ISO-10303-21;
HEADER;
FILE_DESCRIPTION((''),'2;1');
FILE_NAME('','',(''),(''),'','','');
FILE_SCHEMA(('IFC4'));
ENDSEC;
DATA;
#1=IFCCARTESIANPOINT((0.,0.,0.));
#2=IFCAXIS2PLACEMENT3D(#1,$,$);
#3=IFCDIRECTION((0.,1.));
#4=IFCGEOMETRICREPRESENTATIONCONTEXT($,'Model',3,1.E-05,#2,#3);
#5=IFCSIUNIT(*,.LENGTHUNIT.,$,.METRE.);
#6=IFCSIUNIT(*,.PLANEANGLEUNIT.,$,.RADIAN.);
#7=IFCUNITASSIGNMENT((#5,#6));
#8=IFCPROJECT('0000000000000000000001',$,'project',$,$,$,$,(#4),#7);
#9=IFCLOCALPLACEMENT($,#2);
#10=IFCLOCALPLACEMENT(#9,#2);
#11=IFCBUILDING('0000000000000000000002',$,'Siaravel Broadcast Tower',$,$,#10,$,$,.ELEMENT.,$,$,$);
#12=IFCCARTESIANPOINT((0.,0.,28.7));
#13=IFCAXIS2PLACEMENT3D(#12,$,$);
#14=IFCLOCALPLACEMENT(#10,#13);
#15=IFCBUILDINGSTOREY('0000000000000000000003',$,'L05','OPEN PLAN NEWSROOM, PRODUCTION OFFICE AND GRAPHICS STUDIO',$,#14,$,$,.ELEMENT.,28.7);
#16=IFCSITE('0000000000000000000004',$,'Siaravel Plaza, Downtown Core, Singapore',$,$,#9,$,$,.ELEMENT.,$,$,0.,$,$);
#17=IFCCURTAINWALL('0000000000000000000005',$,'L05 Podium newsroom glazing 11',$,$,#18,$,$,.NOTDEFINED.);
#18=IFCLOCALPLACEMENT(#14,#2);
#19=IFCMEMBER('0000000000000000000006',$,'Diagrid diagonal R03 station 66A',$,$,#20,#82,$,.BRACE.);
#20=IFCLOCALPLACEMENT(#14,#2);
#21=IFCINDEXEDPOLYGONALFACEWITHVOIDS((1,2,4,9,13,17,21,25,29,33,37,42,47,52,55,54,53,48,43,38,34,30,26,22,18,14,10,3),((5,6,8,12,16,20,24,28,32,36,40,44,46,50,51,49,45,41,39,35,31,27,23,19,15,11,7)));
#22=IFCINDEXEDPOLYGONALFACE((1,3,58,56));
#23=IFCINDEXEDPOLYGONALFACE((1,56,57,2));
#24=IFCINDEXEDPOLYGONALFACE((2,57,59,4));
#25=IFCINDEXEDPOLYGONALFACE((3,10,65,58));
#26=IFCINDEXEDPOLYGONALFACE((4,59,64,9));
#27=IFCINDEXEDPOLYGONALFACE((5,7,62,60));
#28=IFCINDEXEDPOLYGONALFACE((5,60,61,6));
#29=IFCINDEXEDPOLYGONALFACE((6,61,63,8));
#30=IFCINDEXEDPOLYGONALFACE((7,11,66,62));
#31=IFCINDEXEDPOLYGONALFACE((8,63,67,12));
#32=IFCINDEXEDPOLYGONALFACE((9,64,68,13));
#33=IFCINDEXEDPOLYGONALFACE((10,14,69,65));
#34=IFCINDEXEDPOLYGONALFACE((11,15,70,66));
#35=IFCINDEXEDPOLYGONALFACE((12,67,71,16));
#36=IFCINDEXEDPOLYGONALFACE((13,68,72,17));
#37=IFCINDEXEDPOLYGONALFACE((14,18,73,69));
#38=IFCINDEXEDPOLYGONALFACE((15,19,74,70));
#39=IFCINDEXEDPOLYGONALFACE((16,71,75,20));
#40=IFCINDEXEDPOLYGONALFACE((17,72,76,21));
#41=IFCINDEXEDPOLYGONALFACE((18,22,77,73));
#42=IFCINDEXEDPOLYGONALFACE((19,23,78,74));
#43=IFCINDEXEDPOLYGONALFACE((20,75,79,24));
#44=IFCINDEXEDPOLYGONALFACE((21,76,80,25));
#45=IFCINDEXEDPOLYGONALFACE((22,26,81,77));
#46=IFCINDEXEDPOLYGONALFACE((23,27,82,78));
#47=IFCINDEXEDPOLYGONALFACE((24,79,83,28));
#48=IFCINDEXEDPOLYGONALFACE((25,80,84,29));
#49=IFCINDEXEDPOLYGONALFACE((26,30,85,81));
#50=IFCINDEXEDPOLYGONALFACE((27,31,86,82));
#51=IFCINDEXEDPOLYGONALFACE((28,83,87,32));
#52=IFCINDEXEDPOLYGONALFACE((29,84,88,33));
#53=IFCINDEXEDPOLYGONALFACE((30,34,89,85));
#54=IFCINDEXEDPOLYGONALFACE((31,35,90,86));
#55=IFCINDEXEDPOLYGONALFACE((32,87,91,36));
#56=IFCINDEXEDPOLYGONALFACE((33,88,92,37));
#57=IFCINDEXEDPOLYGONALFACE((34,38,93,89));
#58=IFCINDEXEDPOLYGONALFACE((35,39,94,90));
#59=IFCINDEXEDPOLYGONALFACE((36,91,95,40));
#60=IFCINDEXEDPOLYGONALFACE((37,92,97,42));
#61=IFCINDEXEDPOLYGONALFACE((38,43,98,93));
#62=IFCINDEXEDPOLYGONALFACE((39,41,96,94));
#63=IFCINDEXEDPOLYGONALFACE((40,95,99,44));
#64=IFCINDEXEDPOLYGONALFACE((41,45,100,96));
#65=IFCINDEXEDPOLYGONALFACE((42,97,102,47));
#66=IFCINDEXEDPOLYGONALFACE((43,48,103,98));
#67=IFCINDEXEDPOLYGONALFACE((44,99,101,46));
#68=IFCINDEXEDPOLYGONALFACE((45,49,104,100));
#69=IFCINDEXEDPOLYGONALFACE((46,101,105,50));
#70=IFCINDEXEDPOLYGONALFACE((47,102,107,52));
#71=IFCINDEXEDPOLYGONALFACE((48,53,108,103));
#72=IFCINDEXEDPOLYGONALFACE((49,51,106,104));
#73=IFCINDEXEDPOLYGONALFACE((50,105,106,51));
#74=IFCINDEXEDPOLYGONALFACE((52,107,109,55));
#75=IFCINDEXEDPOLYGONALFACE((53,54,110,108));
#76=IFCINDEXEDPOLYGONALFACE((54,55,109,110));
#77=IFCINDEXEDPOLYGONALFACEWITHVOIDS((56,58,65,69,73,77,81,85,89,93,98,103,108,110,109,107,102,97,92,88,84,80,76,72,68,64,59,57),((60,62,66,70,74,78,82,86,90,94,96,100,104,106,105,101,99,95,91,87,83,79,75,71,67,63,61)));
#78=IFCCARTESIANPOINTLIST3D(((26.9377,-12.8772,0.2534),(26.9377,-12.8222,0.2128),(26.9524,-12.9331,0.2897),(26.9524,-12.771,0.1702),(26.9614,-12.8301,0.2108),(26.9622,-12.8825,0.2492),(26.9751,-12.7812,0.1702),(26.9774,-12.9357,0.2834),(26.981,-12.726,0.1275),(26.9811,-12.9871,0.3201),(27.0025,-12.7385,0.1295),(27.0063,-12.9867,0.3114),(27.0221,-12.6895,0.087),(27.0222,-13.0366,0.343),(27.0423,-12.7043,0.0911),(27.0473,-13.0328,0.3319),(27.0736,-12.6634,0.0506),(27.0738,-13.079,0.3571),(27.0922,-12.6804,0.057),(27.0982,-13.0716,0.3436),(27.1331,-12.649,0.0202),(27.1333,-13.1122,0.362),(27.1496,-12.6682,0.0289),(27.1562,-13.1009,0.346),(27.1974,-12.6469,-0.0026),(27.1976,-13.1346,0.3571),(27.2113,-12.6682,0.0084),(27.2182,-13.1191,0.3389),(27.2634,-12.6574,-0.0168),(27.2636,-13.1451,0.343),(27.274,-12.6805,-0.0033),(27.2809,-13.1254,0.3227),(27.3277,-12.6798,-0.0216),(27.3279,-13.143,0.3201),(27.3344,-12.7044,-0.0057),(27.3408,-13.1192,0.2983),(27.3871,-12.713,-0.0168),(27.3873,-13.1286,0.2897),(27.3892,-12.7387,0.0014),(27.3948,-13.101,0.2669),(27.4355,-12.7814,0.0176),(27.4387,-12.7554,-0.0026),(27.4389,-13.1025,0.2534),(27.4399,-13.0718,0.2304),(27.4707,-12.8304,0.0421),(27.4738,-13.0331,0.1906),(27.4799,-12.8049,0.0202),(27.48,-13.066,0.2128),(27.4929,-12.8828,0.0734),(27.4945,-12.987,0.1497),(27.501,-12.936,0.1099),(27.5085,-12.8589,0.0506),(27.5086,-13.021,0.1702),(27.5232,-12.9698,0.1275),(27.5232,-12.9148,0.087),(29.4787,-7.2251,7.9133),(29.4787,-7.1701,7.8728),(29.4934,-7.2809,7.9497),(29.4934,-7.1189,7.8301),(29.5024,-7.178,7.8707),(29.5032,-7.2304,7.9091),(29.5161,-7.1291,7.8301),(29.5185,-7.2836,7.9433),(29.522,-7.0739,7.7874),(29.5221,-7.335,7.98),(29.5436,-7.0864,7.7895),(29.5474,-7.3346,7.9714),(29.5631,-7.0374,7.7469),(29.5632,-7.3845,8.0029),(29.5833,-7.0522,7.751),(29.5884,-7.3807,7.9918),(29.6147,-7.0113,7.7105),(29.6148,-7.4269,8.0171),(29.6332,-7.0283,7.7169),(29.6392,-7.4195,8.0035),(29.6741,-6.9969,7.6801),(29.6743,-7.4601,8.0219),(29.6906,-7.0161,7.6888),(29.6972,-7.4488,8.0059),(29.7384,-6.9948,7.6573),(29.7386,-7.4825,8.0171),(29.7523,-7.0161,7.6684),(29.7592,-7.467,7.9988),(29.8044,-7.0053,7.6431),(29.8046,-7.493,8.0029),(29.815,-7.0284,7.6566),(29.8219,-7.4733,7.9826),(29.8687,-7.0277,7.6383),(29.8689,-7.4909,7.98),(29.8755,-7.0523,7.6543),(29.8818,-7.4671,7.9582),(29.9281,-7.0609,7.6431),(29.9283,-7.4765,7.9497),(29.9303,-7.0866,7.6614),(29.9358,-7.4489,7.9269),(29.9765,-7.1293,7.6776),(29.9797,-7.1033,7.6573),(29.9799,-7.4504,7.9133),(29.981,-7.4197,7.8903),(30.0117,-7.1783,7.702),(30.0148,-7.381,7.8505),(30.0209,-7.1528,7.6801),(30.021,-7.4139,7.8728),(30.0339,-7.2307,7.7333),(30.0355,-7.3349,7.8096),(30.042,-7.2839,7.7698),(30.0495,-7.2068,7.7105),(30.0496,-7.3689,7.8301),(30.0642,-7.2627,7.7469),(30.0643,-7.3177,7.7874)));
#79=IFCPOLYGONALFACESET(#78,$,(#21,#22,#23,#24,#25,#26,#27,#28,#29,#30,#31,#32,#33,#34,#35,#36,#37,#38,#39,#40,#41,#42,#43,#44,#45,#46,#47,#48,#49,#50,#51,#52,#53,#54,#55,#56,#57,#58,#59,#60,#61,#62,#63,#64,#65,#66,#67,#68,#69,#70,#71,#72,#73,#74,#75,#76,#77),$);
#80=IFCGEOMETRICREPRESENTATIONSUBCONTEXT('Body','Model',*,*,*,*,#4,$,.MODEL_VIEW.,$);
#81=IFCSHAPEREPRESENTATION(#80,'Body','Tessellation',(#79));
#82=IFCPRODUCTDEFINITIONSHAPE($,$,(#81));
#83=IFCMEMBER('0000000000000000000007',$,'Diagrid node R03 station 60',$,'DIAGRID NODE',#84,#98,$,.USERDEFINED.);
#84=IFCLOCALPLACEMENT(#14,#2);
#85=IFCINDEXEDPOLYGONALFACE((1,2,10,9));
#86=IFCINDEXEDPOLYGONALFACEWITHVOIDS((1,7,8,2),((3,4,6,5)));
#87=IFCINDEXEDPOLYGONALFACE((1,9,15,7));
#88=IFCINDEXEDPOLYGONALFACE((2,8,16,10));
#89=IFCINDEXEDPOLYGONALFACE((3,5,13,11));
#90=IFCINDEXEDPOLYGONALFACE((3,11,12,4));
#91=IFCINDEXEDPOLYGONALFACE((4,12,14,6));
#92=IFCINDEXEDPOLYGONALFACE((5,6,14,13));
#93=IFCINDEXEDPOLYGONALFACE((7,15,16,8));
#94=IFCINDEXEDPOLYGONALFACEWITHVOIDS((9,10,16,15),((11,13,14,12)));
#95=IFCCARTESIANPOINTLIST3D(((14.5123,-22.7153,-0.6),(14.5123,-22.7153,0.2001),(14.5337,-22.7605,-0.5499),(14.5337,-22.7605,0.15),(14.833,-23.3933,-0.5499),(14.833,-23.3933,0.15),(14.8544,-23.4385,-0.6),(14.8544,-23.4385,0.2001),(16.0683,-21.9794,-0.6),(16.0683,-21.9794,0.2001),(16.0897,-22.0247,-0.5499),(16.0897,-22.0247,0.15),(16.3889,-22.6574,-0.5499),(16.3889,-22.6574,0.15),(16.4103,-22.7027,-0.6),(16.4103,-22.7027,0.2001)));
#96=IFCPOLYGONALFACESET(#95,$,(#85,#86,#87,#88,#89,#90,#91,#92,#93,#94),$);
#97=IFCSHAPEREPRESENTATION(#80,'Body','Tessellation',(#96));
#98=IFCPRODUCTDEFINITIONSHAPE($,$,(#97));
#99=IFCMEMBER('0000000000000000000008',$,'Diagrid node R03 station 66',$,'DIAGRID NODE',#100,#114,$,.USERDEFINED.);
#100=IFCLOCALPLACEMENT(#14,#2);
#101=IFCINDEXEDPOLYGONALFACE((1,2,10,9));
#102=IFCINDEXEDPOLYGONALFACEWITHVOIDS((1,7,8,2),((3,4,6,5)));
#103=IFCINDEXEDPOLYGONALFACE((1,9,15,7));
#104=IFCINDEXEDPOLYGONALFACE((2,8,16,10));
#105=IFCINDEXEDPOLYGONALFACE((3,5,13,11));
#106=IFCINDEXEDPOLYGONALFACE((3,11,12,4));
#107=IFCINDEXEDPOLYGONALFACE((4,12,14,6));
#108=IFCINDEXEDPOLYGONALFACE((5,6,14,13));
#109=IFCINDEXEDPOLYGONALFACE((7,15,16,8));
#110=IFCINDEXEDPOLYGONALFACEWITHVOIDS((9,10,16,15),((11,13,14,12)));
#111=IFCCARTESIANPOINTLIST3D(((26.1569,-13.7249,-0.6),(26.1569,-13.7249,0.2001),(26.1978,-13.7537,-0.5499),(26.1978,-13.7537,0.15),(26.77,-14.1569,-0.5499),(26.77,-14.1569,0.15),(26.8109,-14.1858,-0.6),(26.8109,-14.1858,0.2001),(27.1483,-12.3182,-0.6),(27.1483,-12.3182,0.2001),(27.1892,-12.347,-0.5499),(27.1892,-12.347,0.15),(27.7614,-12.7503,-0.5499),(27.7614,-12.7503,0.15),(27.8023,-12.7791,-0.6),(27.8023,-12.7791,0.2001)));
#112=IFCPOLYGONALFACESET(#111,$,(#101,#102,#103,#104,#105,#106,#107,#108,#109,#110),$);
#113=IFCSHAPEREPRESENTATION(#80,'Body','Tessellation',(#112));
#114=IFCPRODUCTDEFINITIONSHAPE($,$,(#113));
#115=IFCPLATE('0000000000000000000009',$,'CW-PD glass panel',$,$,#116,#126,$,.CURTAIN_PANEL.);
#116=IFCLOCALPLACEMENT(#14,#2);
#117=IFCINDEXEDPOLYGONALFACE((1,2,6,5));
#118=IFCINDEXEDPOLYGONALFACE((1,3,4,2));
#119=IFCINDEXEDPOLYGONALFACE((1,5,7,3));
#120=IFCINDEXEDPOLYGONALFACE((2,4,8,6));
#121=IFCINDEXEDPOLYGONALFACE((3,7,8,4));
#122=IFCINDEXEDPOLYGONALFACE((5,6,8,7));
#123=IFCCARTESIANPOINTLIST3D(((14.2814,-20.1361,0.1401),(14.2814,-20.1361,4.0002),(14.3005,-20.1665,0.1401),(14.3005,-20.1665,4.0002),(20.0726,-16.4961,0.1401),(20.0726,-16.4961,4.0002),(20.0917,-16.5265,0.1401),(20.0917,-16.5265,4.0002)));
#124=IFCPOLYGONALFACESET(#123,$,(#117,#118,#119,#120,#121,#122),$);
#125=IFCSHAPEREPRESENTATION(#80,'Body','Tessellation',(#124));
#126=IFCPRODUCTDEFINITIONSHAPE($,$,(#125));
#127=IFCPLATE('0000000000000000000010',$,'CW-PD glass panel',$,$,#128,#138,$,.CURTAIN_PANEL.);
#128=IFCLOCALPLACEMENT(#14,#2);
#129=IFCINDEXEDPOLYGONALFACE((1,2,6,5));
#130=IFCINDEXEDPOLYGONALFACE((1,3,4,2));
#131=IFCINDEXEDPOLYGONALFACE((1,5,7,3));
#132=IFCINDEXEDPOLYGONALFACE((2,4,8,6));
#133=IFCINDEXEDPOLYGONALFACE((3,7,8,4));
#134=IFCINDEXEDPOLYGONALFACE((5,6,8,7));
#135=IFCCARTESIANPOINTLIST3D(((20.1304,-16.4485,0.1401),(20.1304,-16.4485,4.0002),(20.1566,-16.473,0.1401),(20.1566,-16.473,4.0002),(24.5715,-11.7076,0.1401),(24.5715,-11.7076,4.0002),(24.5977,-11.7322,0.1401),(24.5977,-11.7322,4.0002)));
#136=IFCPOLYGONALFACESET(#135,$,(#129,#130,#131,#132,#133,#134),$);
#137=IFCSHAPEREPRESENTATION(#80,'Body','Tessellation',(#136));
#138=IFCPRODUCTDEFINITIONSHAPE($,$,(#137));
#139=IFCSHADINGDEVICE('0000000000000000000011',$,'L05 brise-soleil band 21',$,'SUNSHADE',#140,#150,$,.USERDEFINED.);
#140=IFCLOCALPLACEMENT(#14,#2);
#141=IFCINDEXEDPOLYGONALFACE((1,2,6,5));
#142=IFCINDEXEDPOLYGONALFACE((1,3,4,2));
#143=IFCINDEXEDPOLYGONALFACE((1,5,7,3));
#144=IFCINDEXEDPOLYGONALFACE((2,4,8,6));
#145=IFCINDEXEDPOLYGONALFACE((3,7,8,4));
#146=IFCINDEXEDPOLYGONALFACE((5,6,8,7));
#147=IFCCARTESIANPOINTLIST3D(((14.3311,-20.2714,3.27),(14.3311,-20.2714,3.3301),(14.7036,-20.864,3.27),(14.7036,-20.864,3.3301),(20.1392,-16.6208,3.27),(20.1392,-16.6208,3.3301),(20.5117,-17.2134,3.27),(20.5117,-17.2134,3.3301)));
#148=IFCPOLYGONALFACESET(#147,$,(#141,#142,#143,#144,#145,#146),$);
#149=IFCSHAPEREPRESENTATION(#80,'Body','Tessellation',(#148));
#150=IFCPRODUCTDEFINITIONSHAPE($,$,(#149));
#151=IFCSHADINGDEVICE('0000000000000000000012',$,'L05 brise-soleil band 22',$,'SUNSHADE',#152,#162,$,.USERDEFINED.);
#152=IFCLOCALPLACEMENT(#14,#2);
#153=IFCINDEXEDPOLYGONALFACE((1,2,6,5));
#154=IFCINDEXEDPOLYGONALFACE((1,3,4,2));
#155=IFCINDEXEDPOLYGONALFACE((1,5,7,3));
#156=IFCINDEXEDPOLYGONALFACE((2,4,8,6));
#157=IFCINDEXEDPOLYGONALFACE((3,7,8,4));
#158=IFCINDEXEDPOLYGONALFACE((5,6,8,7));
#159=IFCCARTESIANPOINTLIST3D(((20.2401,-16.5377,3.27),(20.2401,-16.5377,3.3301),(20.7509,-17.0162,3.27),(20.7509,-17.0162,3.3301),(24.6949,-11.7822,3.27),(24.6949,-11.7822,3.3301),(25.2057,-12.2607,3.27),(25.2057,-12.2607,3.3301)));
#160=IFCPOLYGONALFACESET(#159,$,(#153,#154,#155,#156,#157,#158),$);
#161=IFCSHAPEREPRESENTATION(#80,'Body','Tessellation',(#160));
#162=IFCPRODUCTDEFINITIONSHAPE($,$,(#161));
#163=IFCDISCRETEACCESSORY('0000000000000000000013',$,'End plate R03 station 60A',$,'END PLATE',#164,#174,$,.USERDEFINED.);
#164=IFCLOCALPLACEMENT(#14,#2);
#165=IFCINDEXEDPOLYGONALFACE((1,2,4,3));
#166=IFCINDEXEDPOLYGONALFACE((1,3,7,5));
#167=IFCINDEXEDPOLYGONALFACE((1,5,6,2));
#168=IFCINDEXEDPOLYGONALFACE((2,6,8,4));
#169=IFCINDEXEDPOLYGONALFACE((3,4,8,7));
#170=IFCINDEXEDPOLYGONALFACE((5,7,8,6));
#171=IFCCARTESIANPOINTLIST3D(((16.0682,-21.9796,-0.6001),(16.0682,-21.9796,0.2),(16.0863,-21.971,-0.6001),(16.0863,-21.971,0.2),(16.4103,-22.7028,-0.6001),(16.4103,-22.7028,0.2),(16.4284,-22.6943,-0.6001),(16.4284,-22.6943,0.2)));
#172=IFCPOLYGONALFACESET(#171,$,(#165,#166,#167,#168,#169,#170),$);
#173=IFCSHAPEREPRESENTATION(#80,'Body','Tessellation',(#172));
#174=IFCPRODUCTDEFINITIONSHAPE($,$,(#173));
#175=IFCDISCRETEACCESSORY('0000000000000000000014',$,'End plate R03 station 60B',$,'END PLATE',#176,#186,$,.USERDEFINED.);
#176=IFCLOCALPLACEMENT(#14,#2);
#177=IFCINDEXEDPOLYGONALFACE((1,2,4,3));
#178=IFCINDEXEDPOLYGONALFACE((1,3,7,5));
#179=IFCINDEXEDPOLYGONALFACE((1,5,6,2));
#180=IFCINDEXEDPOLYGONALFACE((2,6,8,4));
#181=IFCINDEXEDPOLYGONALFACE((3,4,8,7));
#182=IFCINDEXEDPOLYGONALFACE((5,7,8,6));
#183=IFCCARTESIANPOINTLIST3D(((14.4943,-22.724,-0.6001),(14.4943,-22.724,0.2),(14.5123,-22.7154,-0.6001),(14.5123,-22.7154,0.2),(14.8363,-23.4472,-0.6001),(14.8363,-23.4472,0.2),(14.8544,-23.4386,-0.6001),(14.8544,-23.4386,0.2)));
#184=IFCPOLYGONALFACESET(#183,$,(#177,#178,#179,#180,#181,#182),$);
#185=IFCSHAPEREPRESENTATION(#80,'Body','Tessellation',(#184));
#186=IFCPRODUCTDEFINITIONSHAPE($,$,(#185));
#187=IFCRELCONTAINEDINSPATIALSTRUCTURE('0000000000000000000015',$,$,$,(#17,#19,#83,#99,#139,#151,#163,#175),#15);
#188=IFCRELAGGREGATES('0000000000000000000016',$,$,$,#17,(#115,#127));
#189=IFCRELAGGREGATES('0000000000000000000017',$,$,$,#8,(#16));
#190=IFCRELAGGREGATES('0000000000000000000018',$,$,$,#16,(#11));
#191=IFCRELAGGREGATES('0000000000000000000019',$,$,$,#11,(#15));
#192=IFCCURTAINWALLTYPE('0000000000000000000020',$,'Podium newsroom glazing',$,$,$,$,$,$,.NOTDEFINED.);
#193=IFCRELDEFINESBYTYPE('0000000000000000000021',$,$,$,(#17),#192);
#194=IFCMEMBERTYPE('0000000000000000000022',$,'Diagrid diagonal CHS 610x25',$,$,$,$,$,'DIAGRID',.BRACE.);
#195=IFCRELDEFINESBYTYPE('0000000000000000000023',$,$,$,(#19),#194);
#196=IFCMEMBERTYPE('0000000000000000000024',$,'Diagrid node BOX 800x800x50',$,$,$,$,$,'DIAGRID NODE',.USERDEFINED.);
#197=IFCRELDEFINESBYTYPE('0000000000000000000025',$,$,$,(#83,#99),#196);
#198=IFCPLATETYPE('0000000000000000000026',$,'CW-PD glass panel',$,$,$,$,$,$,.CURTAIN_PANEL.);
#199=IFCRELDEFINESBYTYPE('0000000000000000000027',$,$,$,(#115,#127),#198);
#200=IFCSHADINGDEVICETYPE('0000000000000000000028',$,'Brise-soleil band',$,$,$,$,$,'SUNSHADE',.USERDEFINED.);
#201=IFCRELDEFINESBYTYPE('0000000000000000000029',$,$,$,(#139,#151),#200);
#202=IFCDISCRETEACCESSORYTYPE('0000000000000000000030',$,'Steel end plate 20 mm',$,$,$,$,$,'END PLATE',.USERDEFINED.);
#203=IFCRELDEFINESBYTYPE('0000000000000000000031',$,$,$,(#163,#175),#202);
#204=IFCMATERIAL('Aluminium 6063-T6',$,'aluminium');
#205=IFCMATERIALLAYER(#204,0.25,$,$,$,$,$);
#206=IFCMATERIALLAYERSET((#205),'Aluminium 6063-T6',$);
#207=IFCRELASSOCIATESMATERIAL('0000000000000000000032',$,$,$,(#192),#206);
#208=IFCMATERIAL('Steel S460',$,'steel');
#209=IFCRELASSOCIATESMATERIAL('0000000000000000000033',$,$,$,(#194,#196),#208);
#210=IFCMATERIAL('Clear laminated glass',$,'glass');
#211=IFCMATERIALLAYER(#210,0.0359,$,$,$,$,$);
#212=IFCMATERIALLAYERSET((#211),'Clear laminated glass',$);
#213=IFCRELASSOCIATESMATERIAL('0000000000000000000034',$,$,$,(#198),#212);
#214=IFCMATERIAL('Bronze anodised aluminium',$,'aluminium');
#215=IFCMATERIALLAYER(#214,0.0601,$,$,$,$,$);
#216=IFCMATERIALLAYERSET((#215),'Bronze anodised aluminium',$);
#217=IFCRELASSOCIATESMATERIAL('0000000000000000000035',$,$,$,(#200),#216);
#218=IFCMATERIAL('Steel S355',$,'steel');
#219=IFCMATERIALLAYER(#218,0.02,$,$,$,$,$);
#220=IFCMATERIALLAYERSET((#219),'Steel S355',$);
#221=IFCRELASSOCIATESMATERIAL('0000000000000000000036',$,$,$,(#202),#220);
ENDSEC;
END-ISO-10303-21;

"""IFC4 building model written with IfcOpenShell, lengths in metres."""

from ifc_helpers import new_model, si_unit, direction, frame, origin, origin_2d, place, context, subcontext, project, spatial, rectangle, hollow_rectangle, hollow_circle, extrude, material, layer, layer_set, material_profile, profile_set, type_object, element, aggregate, save


model = new_model("IFC4")

# Units and contexts
model_context = context("Model", 3, precision=1e-05, world=origin(), true_north=direction((0.0, 1.0)))
body_context = subcontext(model_context, "Body", "Model", "MODEL_VIEW")
ifc_project = project(units=[si_unit("LENGTHUNIT", "METRE"), si_unit("PLANEANGLEUNIT", "RADIAN")], contexts=[model_context])

# Site, building, storey
site_placement = place(None, origin())
site = spatial("IfcSite", under=ifc_project, at=site_placement, Name="Siaravel Plaza, Downtown Core, Singapore", CompositionType="ELEMENT", RefElevation=0.0)
building_placement = place(site_placement, origin())
building = spatial("IfcBuilding", under=site, at=building_placement, Name="Siaravel Broadcast Tower", CompositionType="ELEMENT")
storey_placement = place(building_placement, frame((0.0, 0.0, 28.7)))
storey = spatial("IfcBuildingStorey", under=building, at=storey_placement, Name="L05", Description="OPEN PLAN NEWSROOM, PRODUCTION OFFICE AND GRAPHICS STUDIO", CompositionType="ELEMENT", Elevation=28.7)

# Shared definitions
ifc_material_1 = material(Name="Steel S355", Category="steel")

# Curtain wall
ifc_material_2 = material(Name="Aluminium 6063-T6", Category="aluminium")
ifc_layer_1 = layer(ifc_material_2, 0.25)
ifc_layer_set_1 = layer_set([ifc_layer_1], Name="Aluminium 6063-T6")
curtain_wall_type = type_object("IfcCurtainWallType", Name="Podium newsroom glazing", PredefinedType="NOTDEFINED", material=ifc_layer_set_1)
curtain_wall_placement = place(storey_placement, origin())
curtain_wall = element("IfcCurtainWall", 1, at=curtain_wall_placement, inside=storey, type_object=curtain_wall_type, Name="L05 Podium newsroom glazing 11", PredefinedType="NOTDEFINED")

# Members
ifc_material_3 = material(Name="Steel S460", Category="steel")
ifc_material_profile_1 = material_profile(ifc_material_3, hollow_circle(Radius=0.3049, WallThickness=0.0249, at=origin_2d()))
ifc_profile_set_1 = profile_set([ifc_material_profile_1], Name="Steel S460")
member_type_1 = type_object("IfcMemberType", Name="Diagrid diagonal CHS 610x25", ElementType="DIAGRID", PredefinedType="BRACE", material=ifc_profile_set_1)
member_1_placement = place(storey_placement, frame((27.2305, -12.896, 0.1702), z_axis=(0.257898, 0.573655, 0.777437), x_axis=(-0.912068, 0.410039, 0.0)))
element("IfcMember", 2, at=member_1_placement, inside=storey, type_object=member_type_1, Name="Diagrid diagonal R03 station 66A", PredefinedType="BRACE", context=body_context, shape_type="SweptSolid", body=[
    extrude(hollow_circle(Radius=0.3049, WallThickness=0.0249, at=origin_2d()), origin(), (0.0, 0.0, 1.0), 9.8528),
])
ifc_material_profile_2 = material_profile(ifc_material_3, hollow_rectangle(XDim=0.8, YDim=0.8, WallThickness=0.05, at=origin_2d()))
ifc_profile_set_2 = profile_set([ifc_material_profile_2], Name="Steel S460")
member_type_2 = type_object("IfcMemberType", Name="Diagrid node BOX 800x800x50", ElementType="DIAGRID NODE", PredefinedType="USERDEFINED", material=ifc_profile_set_2)
member_2_placement = place(storey_placement, frame((14.6833, -23.0769, -0.2), z_axis=(0.904001, 0.427531, 0.0), x_axis=(-0.427531, 0.904001, 0.0)))
element("IfcMember", 3, at=member_2_placement, inside=storey, type_object=member_type_2, Name="Diagrid node R03 station 60", ObjectType="DIAGRID NODE", PredefinedType="USERDEFINED", context=body_context, shape_type="SweptSolid", body=[
    extrude(hollow_rectangle(XDim=0.8, YDim=0.8, WallThickness=0.05, at=origin_2d()), origin(), (0.0, 0.0, 1.0), 1.7212),
])
member_3_placement = place(storey_placement, frame((26.4839, -13.9553, -0.2), z_axis=(0.576087, 0.817388, 0.0), x_axis=(-0.817388, 0.576087, 0.0)))
element("IfcMember", 4, at=member_3_placement, inside=storey, type_object=member_type_2, Name="Diagrid node R03 station 66", ObjectType="DIAGRID NODE", PredefinedType="USERDEFINED", context=body_context, shape_type="SweptSolid", body=[
    extrude(hollow_rectangle(XDim=0.8, YDim=0.8, WallThickness=0.05, at=origin_2d()), origin(), (0.0, 0.0, 1.0), 1.7209),
])

# Plates
ifc_material_4 = material(Name="Clear laminated glass", Category="glass")
ifc_layer_2 = layer(ifc_material_4, 0.0359)
ifc_layer_set_2 = layer_set([ifc_layer_2], Name="Clear laminated glass")
plate_type = type_object("IfcPlateType", Name="CW-PD glass panel", PredefinedType="CURTAIN_PANEL", material=ifc_layer_set_2)
plate_1_placement = place(storey_placement, frame((17.1865, -18.3313, 0.1401), z_axis=(0.0, 0.0, 1.0), x_axis=(0.846651, 0.532148, 0.0)))
plate_1 = element("IfcPlate", 5, at=plate_1_placement, type_object=plate_type, Name="CW-PD glass panel", PredefinedType="CURTAIN_PANEL", context=body_context, shape_type="SweptSolid", body=[
    extrude(rectangle(XDim=6.8401, YDim=0.0359, at=origin_2d()), origin(), (0.0, 0.0, 1.0), 3.8601),
])
plate_2_placement = place(storey_placement, frame((22.364, -14.0903, 0.1401), z_axis=(0.0, 0.0, 1.0), x_axis=(0.683656, 0.729804, 0.0)))
plate_2 = element("IfcPlate", 6, at=plate_2_placement, type_object=plate_type, Name="CW-PD glass panel", PredefinedType="CURTAIN_PANEL", context=body_context, shape_type="SweptSolid", body=[
    extrude(rectangle(XDim=6.4961, YDim=0.0359, at=origin_2d()), origin(), (0.0, 0.0, 1.0), 3.8601),
])
aggregate(curtain_wall, [plate_1, plate_2])

# Shading devices
ifc_material_5 = material(Name="Bronze anodised aluminium", Category="aluminium")
ifc_layer_3 = layer(ifc_material_5, 0.0601)
ifc_layer_set_3 = layer_set([ifc_layer_3], Name="Bronze anodised aluminium")
shading_device_type = type_object("IfcShadingDeviceType", Name="Brise-soleil band", ElementType="SUNSHADE", PredefinedType="USERDEFINED", material=ifc_layer_set_3)
shading_device_1_placement = place(storey_placement, frame((17.4214, -18.7424, 3.27), z_axis=(0.0, 0.0, 1.0), x_axis=(0.846651, 0.532148, 0.0)))
element("IfcShadingDevice", 7, at=shading_device_1_placement, inside=storey, type_object=shading_device_type, Name="L05 brise-soleil band 21", ObjectType="SUNSHADE", PredefinedType="USERDEFINED", context=body_context, shape_type="SweptSolid", body=[
    extrude(rectangle(XDim=6.8601, YDim=0.7, at=origin_2d()), origin(), (0.0, 0.0, 1.0), 0.0601),
])
shading_device_2_placement = place(storey_placement, frame((22.7229, -14.3992, 3.27), z_axis=(0.0, 0.0, 1.0), x_axis=(0.683656, 0.729804, 0.0)))
element("IfcShadingDevice", 8, at=shading_device_2_placement, inside=storey, type_object=shading_device_type, Name="L05 brise-soleil band 22", ObjectType="SUNSHADE", PredefinedType="USERDEFINED", context=body_context, shape_type="SweptSolid", body=[
    extrude(rectangle(XDim=6.5161, YDim=0.7, at=origin_2d()), origin(), (0.0, 0.0, 1.0), 0.0601),
])

# Discrete accessories
ifc_layer_4 = layer(ifc_material_1, 0.02)
ifc_layer_set_4 = layer_set([ifc_layer_4], Name="Steel S355")
discrete_accessory_type = type_object("IfcDiscreteAccessoryType", Name="Steel end plate 20 mm", ElementType="END PLATE", PredefinedType="USERDEFINED", material=ifc_layer_set_4)
for number, where, z_axis, x_axis, name in (
    (9, (16.2483, -22.3369, -0.6001), (0.0, 0.0, 1.0), (0.904007, 0.427517, 0.0), "End plate R03 station 60A"),
    (10, (14.6743, -23.0813, -0.6001), (0.0, 0.0, 1.0), (0.904007, 0.427517, 0.0), "End plate R03 station 60B"),
):
    element("IfcDiscreteAccessory", number, at=place(storey_placement, frame(where, z_axis=z_axis, x_axis=x_axis)), inside=storey, type_object=discrete_accessory_type, Name=name, ObjectType="END PLATE", PredefinedType="USERDEFINED", context=body_context, shape_type="SweptSolid", body=[
        extrude(rectangle(XDim=0.02, YDim=0.8, at=origin_2d()), origin(), (0.0, 0.0, 1.0), 0.8),
    ])

save(model, "model.ifc")
